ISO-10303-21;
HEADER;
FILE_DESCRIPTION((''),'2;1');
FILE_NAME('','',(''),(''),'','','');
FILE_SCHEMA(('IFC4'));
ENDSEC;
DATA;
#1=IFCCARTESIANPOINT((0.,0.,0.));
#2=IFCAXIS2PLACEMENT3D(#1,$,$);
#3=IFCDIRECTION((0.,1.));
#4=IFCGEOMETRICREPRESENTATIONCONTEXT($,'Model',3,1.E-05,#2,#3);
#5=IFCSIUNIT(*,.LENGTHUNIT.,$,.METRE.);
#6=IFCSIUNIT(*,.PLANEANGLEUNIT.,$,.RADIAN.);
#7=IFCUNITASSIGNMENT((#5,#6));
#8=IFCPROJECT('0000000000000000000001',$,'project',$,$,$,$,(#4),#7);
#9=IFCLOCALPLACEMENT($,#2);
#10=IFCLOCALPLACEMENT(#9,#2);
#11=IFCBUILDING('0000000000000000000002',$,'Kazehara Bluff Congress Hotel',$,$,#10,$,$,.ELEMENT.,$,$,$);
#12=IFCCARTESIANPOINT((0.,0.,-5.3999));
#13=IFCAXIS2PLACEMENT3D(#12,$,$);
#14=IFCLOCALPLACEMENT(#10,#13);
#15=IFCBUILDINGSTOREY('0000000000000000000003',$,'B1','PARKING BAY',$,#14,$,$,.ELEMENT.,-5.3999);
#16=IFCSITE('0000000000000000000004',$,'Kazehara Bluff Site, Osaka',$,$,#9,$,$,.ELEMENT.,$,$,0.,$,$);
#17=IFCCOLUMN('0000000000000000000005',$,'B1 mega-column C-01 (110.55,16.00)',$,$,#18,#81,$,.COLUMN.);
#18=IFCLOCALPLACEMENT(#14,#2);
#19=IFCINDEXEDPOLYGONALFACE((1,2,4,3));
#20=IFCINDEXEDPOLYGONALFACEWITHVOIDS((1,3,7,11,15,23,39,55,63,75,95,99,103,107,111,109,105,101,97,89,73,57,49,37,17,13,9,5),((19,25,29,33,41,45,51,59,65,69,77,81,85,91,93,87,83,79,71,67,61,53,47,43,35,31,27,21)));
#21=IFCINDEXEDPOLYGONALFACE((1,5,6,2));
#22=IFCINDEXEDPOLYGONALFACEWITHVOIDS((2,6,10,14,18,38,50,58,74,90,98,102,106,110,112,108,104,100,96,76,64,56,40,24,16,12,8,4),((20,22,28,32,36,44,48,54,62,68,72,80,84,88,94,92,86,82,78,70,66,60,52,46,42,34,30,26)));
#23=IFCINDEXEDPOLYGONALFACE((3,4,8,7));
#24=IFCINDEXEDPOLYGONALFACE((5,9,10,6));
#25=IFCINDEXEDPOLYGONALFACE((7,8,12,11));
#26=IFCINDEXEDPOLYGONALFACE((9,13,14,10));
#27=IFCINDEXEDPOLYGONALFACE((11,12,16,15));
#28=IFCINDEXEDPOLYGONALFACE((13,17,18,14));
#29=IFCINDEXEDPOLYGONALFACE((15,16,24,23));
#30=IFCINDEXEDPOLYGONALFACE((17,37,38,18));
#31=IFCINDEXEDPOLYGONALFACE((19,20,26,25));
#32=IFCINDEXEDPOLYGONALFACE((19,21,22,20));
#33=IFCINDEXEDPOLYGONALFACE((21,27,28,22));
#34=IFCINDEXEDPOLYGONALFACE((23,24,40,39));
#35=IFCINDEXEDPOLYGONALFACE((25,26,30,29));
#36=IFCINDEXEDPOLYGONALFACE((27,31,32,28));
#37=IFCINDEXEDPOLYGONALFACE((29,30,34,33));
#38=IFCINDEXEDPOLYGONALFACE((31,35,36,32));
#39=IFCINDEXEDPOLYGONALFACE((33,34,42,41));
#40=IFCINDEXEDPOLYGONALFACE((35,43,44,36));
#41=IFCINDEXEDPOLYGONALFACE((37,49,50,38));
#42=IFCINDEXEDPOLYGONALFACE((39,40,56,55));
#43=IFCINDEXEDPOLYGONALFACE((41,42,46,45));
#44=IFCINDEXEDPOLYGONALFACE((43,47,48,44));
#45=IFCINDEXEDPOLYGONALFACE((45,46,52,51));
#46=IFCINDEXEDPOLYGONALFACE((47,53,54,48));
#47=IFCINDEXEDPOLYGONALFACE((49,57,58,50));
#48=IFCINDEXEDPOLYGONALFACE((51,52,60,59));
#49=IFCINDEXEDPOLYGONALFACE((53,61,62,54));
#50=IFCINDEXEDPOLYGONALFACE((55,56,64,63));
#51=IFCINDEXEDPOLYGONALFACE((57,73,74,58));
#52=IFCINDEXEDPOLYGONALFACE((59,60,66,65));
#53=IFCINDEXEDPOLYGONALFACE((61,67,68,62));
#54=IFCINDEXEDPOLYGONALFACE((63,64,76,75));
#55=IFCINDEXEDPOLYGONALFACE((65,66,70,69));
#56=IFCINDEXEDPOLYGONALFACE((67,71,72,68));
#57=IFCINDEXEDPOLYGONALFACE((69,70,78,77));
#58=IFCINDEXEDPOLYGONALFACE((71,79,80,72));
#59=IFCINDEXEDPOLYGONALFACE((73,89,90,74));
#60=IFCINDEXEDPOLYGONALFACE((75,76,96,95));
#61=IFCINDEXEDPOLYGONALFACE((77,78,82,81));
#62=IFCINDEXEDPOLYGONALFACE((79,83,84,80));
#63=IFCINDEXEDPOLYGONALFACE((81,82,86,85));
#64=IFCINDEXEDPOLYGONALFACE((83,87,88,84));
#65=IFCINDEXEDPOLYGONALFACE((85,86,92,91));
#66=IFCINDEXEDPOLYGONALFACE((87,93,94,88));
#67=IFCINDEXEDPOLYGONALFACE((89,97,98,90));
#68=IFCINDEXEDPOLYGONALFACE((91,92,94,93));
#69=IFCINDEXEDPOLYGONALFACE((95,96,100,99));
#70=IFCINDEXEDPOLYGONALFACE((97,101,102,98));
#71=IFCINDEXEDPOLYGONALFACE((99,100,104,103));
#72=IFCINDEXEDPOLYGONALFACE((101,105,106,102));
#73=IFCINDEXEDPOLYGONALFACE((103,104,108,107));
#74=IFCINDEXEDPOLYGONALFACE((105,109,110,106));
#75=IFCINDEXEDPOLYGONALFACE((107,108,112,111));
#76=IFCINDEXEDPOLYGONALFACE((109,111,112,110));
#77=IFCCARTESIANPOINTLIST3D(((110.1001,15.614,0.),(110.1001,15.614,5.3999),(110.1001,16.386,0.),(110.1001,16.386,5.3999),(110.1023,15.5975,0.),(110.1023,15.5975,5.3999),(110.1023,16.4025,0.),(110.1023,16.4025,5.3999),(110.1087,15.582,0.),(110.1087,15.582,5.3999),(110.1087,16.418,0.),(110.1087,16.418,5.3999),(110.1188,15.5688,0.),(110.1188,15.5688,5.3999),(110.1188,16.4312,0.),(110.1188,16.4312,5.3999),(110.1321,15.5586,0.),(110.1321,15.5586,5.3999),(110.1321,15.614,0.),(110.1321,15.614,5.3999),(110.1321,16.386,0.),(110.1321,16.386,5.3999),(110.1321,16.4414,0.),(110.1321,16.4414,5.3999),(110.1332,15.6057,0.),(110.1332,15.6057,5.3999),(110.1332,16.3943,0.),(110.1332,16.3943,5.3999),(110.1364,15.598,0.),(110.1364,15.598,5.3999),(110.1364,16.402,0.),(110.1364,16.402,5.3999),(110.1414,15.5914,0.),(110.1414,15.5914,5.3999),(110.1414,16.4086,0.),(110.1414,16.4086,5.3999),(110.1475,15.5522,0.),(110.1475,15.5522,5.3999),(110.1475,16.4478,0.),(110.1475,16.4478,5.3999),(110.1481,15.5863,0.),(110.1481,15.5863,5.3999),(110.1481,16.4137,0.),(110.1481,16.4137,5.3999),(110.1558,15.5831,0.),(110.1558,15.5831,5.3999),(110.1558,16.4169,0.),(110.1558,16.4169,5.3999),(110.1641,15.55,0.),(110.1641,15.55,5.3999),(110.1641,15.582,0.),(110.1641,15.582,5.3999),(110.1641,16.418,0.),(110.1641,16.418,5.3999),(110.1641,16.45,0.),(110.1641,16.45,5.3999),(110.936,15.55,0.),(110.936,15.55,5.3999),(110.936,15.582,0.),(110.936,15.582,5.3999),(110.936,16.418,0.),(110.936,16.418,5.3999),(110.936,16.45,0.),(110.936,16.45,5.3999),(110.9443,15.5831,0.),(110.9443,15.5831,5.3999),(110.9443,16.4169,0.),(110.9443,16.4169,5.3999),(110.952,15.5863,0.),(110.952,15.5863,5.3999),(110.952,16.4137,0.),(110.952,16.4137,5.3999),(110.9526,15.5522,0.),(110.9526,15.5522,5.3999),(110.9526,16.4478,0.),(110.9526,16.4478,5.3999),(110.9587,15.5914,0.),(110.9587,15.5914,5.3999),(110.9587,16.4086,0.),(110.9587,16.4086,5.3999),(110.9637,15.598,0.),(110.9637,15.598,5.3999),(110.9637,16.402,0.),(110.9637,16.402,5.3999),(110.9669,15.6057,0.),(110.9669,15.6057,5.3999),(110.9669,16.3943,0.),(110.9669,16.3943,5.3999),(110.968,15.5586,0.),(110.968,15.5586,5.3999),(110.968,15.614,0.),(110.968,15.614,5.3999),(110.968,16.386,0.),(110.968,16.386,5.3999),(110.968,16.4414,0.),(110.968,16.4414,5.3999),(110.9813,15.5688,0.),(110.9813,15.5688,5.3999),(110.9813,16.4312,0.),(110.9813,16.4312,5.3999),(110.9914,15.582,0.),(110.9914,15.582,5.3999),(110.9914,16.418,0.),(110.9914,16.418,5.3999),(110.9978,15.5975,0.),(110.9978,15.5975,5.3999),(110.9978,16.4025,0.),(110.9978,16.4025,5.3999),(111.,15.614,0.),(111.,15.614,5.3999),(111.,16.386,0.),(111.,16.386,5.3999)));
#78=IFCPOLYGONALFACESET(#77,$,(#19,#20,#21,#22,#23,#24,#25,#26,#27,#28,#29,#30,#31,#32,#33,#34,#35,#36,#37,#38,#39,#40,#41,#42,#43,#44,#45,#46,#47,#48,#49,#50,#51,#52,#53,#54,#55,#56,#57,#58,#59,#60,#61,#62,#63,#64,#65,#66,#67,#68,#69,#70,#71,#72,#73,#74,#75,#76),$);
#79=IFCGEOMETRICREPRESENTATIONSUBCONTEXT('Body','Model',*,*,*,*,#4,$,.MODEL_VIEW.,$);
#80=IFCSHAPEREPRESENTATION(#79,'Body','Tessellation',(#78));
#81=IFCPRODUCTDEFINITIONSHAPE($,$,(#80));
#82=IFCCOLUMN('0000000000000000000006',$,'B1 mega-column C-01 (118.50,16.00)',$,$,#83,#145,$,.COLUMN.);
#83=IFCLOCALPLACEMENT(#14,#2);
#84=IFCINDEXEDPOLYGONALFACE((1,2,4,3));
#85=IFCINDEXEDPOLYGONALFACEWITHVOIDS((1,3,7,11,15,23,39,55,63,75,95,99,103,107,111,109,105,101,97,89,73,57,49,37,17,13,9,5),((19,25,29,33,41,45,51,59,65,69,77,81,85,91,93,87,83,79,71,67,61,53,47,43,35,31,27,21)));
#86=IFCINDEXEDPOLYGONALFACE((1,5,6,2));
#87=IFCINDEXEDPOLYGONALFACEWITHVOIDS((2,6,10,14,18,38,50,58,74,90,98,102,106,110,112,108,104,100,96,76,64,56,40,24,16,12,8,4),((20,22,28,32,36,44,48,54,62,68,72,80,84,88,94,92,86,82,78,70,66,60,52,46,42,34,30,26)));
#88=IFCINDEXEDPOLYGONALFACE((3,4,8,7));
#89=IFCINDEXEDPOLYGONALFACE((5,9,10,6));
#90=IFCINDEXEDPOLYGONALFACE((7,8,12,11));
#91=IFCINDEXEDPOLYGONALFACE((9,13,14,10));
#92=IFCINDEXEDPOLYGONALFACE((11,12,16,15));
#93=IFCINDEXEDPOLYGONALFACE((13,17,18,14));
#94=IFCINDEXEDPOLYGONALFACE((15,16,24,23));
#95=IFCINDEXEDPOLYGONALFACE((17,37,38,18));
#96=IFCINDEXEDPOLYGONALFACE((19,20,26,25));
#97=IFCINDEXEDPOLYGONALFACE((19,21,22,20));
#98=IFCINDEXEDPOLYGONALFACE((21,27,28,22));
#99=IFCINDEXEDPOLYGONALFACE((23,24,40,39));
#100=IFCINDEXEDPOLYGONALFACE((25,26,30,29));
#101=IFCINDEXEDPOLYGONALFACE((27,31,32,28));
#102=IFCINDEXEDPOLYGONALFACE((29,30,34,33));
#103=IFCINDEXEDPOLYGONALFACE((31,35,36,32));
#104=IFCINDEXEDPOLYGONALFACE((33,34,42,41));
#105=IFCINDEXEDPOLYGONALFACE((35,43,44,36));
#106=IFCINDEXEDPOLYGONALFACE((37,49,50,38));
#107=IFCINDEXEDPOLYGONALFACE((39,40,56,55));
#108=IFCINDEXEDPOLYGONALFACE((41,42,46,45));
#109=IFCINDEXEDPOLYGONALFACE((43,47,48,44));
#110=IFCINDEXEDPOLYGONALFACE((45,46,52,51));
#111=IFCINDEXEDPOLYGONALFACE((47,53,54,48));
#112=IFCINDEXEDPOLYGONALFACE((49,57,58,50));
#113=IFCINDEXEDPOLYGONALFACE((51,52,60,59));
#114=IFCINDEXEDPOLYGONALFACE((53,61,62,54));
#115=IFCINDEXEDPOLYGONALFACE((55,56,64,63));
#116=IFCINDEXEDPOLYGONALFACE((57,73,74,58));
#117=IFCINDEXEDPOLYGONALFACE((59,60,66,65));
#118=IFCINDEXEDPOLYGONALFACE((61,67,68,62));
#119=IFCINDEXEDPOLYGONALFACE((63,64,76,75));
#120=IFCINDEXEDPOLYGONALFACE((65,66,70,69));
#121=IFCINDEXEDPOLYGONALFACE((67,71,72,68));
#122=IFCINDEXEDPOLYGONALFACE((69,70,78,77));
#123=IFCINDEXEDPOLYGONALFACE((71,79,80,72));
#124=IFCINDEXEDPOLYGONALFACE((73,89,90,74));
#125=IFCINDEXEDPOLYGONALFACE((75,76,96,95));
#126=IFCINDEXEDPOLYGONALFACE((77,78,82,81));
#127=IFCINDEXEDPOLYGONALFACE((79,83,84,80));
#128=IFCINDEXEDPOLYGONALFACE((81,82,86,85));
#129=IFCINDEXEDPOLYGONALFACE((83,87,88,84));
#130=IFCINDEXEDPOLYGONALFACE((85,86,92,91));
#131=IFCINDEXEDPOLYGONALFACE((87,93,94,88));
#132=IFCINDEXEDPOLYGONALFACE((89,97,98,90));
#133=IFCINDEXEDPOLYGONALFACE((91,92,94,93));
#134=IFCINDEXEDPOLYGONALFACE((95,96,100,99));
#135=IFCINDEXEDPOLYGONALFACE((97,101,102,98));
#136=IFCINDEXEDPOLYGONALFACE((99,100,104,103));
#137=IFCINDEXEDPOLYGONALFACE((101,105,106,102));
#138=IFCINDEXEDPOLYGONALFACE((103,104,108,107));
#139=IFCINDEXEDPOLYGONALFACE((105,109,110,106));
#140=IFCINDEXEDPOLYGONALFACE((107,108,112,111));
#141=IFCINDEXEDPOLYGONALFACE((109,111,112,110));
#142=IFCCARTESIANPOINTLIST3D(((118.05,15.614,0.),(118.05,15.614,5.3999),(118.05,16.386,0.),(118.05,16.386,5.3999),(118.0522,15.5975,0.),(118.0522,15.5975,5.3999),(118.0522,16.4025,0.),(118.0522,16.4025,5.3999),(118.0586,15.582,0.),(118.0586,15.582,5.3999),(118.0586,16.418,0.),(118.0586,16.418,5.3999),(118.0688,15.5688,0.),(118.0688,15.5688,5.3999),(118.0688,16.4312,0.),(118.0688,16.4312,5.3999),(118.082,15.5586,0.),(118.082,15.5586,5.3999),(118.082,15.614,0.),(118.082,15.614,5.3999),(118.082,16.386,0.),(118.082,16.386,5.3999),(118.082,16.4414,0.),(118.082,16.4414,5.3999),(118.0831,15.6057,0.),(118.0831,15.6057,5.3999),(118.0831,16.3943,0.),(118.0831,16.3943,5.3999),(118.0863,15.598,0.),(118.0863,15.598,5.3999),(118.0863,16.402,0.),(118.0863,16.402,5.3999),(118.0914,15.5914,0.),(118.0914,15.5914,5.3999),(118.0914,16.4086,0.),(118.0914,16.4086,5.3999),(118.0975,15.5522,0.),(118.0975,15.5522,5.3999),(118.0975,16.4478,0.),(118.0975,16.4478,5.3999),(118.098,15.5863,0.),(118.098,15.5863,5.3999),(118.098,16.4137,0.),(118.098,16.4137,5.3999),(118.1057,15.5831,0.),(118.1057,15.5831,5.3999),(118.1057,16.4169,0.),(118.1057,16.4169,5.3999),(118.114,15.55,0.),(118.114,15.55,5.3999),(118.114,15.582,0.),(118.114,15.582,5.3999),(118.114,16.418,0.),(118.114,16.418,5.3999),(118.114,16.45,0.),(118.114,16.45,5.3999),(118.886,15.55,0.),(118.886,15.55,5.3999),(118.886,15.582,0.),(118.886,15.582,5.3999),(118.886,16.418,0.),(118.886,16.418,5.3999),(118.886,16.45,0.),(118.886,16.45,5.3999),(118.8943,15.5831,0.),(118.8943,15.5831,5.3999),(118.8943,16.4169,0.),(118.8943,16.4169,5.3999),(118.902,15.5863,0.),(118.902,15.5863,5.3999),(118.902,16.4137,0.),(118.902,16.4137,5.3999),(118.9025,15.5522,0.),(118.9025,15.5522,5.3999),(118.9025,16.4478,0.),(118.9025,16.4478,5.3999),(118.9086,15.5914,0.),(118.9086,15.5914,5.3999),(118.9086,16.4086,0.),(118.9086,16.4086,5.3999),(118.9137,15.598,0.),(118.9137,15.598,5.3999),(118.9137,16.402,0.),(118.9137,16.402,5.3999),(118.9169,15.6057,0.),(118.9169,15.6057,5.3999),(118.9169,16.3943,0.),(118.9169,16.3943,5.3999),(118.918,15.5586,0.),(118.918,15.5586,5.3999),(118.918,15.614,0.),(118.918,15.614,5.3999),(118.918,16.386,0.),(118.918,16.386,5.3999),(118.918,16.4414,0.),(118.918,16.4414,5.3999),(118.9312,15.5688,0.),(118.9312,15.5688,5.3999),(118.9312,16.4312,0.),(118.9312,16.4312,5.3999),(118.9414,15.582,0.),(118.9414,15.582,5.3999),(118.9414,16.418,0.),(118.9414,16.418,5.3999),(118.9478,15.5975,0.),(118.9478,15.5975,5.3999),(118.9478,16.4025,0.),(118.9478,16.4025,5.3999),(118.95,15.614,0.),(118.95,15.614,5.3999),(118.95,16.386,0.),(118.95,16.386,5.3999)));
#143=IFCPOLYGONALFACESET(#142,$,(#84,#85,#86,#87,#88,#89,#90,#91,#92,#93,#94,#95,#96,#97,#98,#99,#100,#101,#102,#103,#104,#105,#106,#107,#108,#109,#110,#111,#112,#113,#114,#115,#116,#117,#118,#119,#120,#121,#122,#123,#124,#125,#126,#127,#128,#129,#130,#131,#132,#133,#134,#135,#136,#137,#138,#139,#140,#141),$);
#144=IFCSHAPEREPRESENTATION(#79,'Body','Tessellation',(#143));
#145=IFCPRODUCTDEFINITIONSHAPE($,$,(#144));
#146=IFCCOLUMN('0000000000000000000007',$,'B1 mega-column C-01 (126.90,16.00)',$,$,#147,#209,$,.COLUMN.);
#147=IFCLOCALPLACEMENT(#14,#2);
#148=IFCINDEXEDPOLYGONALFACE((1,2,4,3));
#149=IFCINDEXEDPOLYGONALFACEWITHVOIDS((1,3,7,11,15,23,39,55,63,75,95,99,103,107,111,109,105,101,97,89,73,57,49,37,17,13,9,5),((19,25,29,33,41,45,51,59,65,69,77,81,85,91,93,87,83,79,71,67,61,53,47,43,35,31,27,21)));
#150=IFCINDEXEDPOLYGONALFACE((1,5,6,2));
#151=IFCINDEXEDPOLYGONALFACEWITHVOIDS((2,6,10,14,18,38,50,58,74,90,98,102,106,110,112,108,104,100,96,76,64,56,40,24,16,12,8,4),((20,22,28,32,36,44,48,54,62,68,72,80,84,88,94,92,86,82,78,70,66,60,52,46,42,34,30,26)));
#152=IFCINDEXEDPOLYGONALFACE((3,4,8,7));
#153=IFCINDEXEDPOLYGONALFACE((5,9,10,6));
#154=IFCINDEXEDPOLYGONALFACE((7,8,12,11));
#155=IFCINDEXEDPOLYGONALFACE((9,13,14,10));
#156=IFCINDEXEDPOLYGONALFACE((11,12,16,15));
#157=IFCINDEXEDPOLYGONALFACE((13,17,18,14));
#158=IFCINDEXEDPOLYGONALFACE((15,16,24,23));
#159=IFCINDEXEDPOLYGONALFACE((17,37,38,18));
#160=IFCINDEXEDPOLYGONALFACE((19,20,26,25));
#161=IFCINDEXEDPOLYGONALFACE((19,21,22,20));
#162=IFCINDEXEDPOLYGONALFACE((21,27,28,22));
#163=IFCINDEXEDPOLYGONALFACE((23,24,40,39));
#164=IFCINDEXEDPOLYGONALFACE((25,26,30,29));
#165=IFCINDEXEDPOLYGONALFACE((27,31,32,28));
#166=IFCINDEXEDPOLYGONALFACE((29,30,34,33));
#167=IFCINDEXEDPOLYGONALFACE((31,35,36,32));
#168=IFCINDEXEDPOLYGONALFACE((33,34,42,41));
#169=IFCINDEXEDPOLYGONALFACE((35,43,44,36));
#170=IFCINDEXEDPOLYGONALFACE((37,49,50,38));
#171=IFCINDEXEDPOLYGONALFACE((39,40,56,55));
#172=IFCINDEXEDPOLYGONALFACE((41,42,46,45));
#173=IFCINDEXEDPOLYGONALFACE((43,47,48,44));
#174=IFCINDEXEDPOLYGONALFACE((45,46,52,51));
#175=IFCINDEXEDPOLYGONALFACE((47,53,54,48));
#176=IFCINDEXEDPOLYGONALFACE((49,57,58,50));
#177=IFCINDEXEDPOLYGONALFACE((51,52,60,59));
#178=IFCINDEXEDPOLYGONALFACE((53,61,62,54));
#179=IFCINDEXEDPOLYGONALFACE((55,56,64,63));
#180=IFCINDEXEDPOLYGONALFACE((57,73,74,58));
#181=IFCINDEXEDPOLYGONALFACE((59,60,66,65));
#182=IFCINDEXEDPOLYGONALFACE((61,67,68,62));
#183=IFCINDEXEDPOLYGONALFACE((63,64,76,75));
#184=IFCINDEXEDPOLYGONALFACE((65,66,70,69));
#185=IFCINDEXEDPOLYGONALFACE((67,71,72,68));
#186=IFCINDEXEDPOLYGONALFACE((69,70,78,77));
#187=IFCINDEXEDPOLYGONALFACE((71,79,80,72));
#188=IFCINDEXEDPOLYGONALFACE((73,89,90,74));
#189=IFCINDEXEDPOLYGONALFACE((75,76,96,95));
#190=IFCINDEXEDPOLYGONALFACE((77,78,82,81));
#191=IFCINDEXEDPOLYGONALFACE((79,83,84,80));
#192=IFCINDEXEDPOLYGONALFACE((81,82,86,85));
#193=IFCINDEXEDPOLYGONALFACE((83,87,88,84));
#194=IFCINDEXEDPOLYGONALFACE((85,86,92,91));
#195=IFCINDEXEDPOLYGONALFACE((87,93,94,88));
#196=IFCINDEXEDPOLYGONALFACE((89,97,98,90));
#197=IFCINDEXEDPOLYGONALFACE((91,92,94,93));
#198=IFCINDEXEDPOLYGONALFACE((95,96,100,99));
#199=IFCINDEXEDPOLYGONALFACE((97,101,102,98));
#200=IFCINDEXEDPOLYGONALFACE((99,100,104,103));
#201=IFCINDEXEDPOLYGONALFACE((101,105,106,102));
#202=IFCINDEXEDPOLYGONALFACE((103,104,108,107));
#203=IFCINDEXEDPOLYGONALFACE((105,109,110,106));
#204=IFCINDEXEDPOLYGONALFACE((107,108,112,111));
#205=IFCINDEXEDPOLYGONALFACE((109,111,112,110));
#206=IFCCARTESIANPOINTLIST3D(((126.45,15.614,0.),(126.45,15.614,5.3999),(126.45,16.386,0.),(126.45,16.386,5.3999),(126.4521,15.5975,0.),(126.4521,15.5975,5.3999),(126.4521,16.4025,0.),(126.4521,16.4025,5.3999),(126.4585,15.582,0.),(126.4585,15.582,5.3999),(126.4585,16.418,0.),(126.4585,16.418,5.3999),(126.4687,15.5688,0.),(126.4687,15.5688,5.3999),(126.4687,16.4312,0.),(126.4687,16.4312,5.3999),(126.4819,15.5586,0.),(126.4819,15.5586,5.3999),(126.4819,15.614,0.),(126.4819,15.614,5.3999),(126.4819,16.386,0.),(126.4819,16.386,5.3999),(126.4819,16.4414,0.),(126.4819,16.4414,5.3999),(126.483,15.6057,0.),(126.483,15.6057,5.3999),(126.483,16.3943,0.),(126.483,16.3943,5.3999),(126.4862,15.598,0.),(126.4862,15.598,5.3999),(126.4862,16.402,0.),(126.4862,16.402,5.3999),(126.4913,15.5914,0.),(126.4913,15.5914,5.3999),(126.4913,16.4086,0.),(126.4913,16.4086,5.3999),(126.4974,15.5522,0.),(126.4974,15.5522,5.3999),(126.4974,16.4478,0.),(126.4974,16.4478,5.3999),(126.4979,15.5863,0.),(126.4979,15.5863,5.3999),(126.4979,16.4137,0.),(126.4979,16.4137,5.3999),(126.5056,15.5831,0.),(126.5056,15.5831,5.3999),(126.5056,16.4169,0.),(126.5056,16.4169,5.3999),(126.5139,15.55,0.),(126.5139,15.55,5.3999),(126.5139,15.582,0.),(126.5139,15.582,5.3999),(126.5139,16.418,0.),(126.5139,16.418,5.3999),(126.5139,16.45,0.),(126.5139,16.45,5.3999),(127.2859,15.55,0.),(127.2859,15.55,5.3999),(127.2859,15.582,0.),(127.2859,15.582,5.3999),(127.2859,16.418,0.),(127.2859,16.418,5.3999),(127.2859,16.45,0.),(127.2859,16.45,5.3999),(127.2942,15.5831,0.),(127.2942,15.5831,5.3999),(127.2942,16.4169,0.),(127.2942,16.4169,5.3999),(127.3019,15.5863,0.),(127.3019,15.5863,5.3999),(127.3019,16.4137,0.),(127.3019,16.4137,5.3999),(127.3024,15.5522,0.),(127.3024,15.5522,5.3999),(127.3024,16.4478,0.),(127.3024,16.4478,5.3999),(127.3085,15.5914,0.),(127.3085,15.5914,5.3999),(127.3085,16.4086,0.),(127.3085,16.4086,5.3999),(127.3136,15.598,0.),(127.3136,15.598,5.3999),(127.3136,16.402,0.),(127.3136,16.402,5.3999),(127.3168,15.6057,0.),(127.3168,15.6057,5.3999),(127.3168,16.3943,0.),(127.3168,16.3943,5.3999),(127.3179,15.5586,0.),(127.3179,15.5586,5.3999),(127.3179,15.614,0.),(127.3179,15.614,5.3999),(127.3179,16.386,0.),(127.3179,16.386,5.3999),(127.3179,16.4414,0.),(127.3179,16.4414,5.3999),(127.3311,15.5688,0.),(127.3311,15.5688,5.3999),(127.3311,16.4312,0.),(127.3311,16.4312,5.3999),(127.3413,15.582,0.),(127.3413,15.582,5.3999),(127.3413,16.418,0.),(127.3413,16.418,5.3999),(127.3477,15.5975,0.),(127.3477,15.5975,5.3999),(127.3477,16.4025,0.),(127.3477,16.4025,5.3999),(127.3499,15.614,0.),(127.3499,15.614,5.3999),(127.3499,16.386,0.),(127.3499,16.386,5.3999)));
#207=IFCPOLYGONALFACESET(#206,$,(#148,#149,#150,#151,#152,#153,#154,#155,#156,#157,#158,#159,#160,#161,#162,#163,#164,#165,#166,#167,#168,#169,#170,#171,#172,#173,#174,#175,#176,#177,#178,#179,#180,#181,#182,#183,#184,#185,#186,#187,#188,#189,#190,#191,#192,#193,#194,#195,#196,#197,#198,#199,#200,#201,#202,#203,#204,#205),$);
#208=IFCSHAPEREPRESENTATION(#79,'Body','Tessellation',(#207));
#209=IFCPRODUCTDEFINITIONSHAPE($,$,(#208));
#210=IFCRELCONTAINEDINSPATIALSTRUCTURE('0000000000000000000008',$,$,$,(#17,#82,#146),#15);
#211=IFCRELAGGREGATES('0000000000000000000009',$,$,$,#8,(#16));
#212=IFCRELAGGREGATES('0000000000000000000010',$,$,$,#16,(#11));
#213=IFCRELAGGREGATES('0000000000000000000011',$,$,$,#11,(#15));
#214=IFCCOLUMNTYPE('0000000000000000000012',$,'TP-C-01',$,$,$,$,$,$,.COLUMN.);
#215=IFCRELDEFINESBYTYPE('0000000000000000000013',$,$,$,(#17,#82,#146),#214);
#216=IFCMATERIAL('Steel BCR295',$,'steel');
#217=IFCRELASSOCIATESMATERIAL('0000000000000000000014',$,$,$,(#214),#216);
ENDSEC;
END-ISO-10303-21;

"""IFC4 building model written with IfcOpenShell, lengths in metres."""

from ifc_helpers import new_model, si_unit, direction, frame, origin, origin_2d, place, context, subcontext, project, spatial, hollow_rectangle, extrude, material, material_profile, profile_set, type_object, element, save


model = new_model("IFC4")

# Units and contexts
model_context = context("Model", 3, precision=1e-05, world=origin(), true_north=direction((0.0, 1.0)))
body_context = subcontext(model_context, "Body", "Model", "MODEL_VIEW")
ifc_project = project(units=[si_unit("LENGTHUNIT", "METRE"), si_unit("PLANEANGLEUNIT", "RADIAN")], contexts=[model_context])

# Site, building, storey
site_placement = place(None, origin())
site = spatial("IfcSite", under=ifc_project, at=site_placement, Name="Kazehara Bluff Site, Osaka", CompositionType="ELEMENT", RefElevation=0.0)
building_placement = place(site_placement, origin())
building = spatial("IfcBuilding", under=site, at=building_placement, Name="Kazehara Bluff Congress Hotel", CompositionType="ELEMENT")
storey_placement = place(building_placement, frame((0.0, 0.0, -5.3999)))
storey = spatial("IfcBuildingStorey", under=building, at=storey_placement, Name="B1", Description="PARKING BAY", CompositionType="ELEMENT", Elevation=-5.3999)

# Columns
ifc_material_1 = material(Name="Steel BCR295", Category="steel")
ifc_material_profile_1 = material_profile(ifc_material_1, hollow_rectangle(XDim=0.8999, YDim=0.8999, WallThickness=0.032, InnerFilletRadius=0.032, OuterFilletRadius=0.064, at=origin_2d()))
ifc_profile_set_1 = profile_set([ifc_material_profile_1], Name="Steel BCR295")
column_type_1 = type_object("IfcColumnType", Name="TP-C-01", PredefinedType="COLUMN", material=ifc_profile_set_1)
for number, where, z_axis, x_axis, name in (
    (1, (110.55, 16.0, 0.0), (0.0, 0.0, 1.0), (1.0, 0.0, 0.0), "B1 mega-column C-01 (110.55,16.00)"),
    (2, (118.5, 16.0, 0.0), (0.0, 0.0, 1.0), (1.0, 0.0, 0.0), "B1 mega-column C-01 (118.50,16.00)"),
    (3, (126.8999, 16.0, 0.0), (0.0, 0.0, 1.0), (1.0, 0.0, 0.0), "B1 mega-column C-01 (126.90,16.00)"),
):
    element("IfcColumn", number, at=place(storey_placement, frame(where, z_axis=z_axis, x_axis=x_axis)), inside=storey, type_object=column_type_1, Name=name, PredefinedType="COLUMN", context=body_context, shape_type="SweptSolid", body=[
        extrude(hollow_rectangle(XDim=0.8999, YDim=0.8999, WallThickness=0.032, InnerFilletRadius=0.032, OuterFilletRadius=0.064, at=origin_2d()), origin(), (0.0, 0.0, 1.0), 5.3999),
    ])

save(model, "model.ifc")
